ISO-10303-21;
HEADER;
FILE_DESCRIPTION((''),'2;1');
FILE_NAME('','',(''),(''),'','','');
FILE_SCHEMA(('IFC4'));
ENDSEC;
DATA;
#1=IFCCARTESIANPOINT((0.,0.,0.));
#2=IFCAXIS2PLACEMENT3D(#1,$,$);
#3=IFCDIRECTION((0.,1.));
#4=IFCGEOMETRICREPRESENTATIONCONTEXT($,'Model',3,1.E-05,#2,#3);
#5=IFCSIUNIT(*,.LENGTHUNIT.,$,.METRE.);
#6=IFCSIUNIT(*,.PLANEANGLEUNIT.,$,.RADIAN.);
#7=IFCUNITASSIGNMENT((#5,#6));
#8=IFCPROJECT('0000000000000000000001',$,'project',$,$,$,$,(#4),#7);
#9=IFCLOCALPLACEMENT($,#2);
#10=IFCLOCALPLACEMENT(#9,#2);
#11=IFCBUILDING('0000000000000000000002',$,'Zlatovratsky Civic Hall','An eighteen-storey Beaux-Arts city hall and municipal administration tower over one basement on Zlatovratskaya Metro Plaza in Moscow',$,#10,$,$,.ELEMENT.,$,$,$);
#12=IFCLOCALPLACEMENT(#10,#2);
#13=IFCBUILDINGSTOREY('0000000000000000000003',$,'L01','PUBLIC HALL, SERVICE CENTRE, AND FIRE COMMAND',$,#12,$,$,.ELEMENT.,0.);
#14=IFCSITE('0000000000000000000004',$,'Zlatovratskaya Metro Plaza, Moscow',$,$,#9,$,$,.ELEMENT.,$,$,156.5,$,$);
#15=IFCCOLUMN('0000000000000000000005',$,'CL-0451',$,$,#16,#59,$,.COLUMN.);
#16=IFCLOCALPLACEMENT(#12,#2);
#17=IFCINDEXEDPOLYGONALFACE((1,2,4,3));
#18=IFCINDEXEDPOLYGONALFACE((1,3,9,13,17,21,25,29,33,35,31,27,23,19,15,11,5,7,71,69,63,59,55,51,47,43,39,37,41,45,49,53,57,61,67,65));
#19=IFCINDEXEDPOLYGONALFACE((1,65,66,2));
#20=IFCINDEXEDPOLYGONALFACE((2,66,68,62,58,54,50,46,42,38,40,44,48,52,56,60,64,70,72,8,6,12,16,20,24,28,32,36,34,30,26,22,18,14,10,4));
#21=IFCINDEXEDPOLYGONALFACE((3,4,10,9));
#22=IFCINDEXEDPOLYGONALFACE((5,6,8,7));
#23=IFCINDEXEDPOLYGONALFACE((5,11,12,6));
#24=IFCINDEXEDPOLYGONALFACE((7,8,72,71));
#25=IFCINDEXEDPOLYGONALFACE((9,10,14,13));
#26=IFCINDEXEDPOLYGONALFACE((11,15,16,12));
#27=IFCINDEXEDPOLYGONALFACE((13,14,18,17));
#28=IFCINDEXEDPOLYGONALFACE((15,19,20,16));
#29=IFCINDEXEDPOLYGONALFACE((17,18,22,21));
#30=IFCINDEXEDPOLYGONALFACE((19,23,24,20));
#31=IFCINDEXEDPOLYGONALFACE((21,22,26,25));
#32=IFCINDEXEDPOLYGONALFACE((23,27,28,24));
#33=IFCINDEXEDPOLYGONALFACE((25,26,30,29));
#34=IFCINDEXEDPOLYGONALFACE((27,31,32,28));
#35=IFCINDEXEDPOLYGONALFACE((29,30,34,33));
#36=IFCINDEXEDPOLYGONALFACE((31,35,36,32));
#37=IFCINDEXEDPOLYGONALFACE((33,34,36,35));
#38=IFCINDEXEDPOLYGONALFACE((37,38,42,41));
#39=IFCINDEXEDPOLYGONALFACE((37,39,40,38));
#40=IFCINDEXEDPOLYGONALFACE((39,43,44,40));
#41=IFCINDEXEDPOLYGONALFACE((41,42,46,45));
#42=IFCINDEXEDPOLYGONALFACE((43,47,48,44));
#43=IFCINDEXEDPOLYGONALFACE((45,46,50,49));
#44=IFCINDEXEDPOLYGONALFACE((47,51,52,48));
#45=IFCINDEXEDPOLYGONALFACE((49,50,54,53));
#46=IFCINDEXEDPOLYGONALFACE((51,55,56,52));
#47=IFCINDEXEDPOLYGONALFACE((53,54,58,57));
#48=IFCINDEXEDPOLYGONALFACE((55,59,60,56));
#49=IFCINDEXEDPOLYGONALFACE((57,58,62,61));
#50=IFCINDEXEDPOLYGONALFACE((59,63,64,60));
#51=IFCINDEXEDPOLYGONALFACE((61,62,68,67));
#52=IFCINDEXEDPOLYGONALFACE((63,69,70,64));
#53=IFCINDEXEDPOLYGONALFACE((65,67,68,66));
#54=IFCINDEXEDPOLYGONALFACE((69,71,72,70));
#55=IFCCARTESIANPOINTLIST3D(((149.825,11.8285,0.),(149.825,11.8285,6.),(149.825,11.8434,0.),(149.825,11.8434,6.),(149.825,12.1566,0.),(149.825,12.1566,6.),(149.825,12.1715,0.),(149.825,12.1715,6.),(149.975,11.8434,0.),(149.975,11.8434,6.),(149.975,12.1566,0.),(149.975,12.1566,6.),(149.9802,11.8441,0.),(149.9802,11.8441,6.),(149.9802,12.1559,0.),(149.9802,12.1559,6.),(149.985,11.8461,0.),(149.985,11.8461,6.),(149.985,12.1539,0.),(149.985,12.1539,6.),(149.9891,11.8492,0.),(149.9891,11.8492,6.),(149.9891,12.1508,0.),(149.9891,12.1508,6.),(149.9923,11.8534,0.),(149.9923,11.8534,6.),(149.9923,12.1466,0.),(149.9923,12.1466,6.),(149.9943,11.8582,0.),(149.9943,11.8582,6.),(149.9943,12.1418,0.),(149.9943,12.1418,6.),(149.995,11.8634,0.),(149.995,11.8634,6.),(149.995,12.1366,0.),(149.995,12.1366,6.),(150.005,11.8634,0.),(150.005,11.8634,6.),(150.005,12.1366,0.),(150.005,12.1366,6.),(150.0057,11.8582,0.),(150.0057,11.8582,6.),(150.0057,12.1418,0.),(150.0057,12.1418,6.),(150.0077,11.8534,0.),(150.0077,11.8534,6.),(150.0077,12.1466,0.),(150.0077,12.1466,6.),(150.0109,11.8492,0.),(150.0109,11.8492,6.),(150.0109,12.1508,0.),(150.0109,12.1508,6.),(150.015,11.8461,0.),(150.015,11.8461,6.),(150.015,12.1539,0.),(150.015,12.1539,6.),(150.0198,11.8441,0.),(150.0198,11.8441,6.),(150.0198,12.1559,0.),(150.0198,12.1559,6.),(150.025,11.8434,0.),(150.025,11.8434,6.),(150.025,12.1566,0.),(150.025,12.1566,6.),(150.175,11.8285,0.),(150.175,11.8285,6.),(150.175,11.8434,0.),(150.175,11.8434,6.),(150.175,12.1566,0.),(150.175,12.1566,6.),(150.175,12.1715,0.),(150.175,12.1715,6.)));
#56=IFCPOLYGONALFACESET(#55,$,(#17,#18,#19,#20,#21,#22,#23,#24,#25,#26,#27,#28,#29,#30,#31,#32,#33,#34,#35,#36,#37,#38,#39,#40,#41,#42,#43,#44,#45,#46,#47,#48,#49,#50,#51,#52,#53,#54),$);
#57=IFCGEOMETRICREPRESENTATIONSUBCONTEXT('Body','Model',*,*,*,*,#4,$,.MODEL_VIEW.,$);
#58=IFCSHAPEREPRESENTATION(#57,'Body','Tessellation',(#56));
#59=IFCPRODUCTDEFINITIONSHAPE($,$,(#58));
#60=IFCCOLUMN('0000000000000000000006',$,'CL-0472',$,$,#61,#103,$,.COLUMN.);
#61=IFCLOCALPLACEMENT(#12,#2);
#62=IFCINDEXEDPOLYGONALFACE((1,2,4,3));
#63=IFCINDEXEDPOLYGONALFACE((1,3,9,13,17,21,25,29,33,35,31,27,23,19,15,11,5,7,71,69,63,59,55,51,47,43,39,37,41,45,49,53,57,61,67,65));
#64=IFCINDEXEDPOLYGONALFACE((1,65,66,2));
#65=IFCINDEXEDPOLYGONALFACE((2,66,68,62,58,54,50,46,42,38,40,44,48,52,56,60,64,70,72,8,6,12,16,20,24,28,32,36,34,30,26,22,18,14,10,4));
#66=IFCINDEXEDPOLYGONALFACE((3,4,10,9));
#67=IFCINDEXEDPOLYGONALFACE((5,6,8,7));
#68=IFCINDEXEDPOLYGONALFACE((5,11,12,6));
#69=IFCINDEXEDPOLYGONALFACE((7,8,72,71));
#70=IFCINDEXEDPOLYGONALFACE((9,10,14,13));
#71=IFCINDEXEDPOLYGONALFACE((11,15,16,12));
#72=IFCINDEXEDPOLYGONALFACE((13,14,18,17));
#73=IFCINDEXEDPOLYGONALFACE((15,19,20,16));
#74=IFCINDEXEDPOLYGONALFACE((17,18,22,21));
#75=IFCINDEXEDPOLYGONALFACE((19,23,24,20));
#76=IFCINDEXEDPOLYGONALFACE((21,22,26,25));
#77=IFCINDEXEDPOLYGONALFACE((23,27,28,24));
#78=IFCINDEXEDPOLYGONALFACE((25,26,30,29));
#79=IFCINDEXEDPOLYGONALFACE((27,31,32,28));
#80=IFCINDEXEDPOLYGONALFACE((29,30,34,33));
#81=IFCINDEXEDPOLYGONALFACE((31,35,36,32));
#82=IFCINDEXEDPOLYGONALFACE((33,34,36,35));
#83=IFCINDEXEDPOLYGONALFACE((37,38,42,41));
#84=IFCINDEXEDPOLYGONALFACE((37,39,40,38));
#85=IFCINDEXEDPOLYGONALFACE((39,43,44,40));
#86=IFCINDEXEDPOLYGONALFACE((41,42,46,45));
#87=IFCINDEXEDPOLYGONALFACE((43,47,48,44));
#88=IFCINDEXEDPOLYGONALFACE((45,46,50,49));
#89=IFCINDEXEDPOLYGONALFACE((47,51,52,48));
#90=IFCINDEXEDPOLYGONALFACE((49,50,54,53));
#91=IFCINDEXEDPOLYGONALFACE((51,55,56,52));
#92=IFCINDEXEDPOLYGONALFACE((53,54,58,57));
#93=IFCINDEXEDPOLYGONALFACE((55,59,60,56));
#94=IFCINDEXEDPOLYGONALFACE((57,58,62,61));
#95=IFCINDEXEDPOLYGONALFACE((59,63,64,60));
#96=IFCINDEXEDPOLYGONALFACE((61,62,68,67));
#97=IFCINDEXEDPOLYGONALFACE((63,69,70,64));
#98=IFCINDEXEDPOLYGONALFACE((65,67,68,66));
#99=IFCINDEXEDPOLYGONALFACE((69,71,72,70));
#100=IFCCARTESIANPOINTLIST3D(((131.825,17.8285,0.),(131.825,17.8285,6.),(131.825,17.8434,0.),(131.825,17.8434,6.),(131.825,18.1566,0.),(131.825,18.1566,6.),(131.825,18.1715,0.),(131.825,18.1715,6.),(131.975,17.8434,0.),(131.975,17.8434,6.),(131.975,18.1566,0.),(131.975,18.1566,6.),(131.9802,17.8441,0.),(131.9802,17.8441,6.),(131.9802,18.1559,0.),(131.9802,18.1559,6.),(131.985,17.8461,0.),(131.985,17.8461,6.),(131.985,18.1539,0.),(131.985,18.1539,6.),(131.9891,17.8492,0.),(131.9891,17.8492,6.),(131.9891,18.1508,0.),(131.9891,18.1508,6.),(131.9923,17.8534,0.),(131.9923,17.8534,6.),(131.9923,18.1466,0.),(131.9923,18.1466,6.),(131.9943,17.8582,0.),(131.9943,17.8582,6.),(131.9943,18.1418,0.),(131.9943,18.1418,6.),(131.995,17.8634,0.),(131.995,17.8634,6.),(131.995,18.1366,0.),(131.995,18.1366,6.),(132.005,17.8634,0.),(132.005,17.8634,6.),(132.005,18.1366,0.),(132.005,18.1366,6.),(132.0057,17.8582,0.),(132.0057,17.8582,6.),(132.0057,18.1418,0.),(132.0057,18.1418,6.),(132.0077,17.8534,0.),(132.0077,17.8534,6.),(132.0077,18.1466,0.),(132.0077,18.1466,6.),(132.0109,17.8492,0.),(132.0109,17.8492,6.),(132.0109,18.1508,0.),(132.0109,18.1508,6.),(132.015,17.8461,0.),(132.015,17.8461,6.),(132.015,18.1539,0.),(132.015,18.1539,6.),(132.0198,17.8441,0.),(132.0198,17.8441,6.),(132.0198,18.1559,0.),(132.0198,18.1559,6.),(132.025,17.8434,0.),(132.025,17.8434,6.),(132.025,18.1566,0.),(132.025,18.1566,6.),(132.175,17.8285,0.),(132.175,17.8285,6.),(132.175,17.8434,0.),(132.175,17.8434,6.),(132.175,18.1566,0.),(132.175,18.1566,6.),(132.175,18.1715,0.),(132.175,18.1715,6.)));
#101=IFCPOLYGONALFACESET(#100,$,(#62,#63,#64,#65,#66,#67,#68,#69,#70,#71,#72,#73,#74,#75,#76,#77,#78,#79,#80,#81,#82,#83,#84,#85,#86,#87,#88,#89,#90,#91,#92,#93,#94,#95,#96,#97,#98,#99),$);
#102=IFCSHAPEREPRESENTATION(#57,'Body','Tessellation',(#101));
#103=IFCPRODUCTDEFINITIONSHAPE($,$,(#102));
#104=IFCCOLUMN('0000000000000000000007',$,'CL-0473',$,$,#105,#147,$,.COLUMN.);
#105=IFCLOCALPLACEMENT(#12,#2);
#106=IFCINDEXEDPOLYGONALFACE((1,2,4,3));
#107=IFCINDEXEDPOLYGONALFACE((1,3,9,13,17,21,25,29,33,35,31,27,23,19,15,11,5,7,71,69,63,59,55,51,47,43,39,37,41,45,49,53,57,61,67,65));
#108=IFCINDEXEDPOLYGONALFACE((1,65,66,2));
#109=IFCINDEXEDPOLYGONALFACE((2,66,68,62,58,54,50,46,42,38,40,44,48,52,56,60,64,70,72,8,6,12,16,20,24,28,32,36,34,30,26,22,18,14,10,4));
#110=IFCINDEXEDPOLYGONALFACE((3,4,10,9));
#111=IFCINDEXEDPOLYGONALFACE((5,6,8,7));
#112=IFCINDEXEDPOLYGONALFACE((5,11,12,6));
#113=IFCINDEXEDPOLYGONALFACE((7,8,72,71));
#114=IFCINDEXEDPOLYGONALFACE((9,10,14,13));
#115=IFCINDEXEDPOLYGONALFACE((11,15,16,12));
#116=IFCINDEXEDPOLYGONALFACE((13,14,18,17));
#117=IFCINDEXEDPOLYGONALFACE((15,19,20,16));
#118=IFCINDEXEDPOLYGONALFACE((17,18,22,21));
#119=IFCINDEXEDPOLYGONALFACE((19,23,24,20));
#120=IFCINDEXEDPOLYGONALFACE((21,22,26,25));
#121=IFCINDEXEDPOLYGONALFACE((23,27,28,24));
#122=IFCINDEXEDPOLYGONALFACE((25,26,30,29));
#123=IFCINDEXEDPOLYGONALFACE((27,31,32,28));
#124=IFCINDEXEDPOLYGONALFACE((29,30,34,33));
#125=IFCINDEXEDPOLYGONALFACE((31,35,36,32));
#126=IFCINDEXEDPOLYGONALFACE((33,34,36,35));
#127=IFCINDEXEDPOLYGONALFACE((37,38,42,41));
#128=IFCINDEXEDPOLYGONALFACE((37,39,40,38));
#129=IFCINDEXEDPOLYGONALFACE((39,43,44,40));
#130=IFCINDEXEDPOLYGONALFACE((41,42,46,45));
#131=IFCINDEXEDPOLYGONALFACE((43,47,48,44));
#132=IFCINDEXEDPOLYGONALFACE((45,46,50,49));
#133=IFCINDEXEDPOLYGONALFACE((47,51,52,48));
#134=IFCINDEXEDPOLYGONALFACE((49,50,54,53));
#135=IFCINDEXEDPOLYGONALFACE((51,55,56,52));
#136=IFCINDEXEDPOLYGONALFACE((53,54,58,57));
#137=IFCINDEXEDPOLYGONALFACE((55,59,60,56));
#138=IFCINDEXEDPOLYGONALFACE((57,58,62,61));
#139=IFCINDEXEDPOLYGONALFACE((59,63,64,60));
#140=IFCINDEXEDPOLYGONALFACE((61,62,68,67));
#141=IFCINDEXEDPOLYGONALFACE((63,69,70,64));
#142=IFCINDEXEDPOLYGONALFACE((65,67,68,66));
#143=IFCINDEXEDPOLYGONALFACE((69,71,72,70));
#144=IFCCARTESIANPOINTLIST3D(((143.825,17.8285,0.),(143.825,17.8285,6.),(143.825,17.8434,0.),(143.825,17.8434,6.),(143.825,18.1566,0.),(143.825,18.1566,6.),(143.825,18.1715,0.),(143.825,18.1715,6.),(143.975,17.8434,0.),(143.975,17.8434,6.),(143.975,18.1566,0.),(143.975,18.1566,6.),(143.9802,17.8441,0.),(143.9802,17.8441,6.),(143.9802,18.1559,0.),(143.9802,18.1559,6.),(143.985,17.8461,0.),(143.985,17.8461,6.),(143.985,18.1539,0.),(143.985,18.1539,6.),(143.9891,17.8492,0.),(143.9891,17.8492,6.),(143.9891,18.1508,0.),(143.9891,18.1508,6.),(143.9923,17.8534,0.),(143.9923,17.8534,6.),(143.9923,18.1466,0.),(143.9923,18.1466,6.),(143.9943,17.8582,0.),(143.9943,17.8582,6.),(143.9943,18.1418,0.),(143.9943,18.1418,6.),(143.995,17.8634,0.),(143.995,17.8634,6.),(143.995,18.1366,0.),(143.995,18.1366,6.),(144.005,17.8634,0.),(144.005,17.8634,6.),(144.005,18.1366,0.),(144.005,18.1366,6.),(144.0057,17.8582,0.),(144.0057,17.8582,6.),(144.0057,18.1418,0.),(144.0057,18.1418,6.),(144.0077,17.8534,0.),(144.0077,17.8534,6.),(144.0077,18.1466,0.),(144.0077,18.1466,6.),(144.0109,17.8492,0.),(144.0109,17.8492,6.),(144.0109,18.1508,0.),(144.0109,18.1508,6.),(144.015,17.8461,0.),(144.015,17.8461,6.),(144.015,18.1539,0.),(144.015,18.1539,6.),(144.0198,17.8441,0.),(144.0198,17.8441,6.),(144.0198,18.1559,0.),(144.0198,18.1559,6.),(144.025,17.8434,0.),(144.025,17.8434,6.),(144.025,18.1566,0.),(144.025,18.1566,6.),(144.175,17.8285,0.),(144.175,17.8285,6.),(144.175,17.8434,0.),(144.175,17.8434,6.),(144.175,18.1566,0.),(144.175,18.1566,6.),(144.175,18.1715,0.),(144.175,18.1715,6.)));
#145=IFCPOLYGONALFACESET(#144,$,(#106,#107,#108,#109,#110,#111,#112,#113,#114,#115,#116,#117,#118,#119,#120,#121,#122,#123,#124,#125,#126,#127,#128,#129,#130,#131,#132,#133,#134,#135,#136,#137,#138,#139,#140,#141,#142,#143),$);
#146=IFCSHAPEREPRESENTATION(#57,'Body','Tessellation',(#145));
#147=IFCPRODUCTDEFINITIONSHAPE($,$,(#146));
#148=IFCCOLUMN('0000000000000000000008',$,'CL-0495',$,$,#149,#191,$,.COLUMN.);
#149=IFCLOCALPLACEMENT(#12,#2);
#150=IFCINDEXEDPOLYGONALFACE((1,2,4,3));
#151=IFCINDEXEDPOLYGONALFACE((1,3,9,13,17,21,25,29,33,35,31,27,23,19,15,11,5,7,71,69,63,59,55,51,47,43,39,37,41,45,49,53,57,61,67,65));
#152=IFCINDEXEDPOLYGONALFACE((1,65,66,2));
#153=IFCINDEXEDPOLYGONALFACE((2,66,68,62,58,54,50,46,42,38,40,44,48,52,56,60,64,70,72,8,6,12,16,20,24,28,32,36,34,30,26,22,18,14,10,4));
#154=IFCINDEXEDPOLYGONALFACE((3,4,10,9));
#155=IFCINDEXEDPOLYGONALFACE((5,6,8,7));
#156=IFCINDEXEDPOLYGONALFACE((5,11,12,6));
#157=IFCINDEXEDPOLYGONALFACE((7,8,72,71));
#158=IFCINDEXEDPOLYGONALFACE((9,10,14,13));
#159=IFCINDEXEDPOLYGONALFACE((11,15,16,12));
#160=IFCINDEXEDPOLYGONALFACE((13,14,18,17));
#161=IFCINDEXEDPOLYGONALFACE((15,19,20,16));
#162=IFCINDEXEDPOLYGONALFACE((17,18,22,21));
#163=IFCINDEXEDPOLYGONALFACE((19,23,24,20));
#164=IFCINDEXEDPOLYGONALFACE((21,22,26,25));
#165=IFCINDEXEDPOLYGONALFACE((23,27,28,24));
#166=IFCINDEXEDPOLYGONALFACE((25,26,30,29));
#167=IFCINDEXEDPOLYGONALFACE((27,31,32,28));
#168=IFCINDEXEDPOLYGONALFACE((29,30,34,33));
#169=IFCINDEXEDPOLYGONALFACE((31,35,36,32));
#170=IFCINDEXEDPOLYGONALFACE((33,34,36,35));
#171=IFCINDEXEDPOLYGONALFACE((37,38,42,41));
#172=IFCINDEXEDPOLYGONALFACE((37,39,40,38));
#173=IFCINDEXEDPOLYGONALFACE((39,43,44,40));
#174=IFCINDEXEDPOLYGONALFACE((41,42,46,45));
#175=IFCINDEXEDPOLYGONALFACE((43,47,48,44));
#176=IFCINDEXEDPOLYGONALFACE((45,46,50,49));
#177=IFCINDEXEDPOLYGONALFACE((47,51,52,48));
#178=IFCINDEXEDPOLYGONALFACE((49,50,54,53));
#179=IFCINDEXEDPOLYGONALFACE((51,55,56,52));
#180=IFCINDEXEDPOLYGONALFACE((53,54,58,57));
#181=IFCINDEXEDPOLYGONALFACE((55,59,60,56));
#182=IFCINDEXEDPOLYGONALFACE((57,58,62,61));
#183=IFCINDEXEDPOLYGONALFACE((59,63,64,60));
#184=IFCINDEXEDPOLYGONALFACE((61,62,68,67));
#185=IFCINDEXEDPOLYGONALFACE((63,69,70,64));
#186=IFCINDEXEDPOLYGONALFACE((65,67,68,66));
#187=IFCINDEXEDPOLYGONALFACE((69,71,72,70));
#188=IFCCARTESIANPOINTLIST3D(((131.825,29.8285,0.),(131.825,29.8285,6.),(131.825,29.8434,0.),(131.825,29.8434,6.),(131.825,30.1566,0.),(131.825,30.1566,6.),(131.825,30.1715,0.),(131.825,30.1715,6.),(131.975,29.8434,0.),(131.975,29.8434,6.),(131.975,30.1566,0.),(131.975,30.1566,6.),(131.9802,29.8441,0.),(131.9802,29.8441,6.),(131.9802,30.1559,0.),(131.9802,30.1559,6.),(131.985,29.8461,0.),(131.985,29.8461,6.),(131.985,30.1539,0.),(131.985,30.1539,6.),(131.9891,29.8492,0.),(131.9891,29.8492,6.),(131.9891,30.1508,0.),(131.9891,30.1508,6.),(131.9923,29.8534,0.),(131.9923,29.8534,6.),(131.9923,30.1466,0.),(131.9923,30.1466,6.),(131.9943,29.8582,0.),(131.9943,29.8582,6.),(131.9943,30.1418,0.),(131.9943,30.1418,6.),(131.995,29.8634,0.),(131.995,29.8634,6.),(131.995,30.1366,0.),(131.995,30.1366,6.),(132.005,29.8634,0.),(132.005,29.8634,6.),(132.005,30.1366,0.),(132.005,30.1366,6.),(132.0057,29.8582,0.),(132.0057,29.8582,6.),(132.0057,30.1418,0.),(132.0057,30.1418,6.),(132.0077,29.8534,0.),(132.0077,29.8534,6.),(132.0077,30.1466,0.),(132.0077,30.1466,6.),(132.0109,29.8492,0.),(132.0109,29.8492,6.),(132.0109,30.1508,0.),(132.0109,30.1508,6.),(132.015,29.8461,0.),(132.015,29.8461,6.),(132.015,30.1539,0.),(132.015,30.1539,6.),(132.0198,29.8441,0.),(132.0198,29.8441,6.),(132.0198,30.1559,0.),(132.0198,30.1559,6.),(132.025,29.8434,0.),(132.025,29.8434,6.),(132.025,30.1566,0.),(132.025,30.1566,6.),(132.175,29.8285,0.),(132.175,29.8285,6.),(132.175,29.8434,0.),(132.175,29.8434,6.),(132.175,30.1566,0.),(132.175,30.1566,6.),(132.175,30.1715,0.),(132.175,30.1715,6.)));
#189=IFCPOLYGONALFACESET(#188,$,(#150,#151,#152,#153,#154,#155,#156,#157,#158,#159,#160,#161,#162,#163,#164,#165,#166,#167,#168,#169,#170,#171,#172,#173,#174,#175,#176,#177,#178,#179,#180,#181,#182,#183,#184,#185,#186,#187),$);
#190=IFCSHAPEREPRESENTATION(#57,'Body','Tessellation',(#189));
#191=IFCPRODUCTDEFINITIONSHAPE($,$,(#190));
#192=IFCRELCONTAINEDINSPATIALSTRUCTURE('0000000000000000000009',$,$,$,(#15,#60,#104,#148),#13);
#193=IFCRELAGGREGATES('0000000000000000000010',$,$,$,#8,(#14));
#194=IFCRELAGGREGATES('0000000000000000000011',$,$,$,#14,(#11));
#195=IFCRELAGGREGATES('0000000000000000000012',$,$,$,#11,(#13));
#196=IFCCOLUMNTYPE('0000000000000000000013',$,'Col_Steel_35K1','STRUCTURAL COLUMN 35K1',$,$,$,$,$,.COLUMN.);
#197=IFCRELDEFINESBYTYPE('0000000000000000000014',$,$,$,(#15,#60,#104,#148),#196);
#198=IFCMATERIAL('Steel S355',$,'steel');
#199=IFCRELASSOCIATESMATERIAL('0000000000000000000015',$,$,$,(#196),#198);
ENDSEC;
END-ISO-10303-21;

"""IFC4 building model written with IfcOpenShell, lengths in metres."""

from ifc_helpers import new_model, si_unit, direction, frame, origin, origin_2d, place, context, subcontext, project, spatial, i_section, extrude, material, material_profile, profile_set, type_object, element, save


model = new_model("IFC4")

# Units and contexts
model_context = context("Model", 3, precision=1e-05, world=origin(), true_north=direction((0.0, 1.0)))
body_context = subcontext(model_context, "Body", "Model", "MODEL_VIEW")
ifc_project = project(units=[si_unit("LENGTHUNIT", "METRE"), si_unit("PLANEANGLEUNIT", "RADIAN")], contexts=[model_context])

# Site, building, storey
site_placement = place(None, origin())
site = spatial("IfcSite", under=ifc_project, at=site_placement, Name="Zlatovratskaya Metro Plaza, Moscow", CompositionType="ELEMENT", RefElevation=156.5)
building_placement = place(site_placement, origin())
building = spatial("IfcBuilding", under=site, at=building_placement, Name="Zlatovratsky Civic Hall", Description="An eighteen-storey Beaux-Arts city hall and municipal administration tower over one basement on Zlatovratskaya Metro Plaza in Moscow", CompositionType="ELEMENT")
storey_placement = place(building_placement, origin())
storey = spatial("IfcBuildingStorey", under=building, at=storey_placement, Name="L01", Description="PUBLIC HALL, SERVICE CENTRE, AND FIRE COMMAND", CompositionType="ELEMENT", Elevation=0.0)

# Columns
ifc_material_1 = material(Name="Steel S355", Category="steel")
ifc_material_profile_1 = material_profile(ifc_material_1, i_section(OverallWidth=0.3501, OverallDepth=0.343, WebThickness=0.01, FlangeThickness=0.0149, FilletRadius=0.02, at=origin_2d()), Name="35K1")
ifc_profile_set_1 = profile_set([ifc_material_profile_1], Name="Steel S355")
column_type = type_object("IfcColumnType", Name="Col_Steel_35K1", Description="STRUCTURAL COLUMN 35K1", PredefinedType="COLUMN", material=ifc_profile_set_1)
for number, where, z_axis, x_axis, name in (
    (1, (150.0, 12.0, 0.0), (0.0, 0.0, 1.0), (1.0, 0.0, 0.0), "CL-0451"),
    (2, (132.0, 18.0, 0.0), (0.0, 0.0, 1.0), (1.0, 0.0, 0.0), "CL-0472"),
    (3, (144.0, 18.0, 0.0), (0.0, 0.0, 1.0), (1.0, 0.0, 0.0), "CL-0473"),
    (4, (132.0, 30.0, 0.0), (0.0, 0.0, 1.0), (1.0, 0.0, 0.0), "CL-0495"),
):
    element("IfcColumn", number, at=place(storey_placement, frame(where, z_axis=z_axis, x_axis=x_axis)), inside=storey, type_object=column_type, Name=name, PredefinedType="COLUMN", context=body_context, shape_type="SweptSolid", body=[
        extrude(i_section(OverallWidth=0.3501, OverallDepth=0.343, WebThickness=0.01, FlangeThickness=0.0149, FilletRadius=0.02, at=origin_2d()), origin(), (0.0, 0.0, 1.0), 6.0),
    ])

save(model, "model.ifc")
